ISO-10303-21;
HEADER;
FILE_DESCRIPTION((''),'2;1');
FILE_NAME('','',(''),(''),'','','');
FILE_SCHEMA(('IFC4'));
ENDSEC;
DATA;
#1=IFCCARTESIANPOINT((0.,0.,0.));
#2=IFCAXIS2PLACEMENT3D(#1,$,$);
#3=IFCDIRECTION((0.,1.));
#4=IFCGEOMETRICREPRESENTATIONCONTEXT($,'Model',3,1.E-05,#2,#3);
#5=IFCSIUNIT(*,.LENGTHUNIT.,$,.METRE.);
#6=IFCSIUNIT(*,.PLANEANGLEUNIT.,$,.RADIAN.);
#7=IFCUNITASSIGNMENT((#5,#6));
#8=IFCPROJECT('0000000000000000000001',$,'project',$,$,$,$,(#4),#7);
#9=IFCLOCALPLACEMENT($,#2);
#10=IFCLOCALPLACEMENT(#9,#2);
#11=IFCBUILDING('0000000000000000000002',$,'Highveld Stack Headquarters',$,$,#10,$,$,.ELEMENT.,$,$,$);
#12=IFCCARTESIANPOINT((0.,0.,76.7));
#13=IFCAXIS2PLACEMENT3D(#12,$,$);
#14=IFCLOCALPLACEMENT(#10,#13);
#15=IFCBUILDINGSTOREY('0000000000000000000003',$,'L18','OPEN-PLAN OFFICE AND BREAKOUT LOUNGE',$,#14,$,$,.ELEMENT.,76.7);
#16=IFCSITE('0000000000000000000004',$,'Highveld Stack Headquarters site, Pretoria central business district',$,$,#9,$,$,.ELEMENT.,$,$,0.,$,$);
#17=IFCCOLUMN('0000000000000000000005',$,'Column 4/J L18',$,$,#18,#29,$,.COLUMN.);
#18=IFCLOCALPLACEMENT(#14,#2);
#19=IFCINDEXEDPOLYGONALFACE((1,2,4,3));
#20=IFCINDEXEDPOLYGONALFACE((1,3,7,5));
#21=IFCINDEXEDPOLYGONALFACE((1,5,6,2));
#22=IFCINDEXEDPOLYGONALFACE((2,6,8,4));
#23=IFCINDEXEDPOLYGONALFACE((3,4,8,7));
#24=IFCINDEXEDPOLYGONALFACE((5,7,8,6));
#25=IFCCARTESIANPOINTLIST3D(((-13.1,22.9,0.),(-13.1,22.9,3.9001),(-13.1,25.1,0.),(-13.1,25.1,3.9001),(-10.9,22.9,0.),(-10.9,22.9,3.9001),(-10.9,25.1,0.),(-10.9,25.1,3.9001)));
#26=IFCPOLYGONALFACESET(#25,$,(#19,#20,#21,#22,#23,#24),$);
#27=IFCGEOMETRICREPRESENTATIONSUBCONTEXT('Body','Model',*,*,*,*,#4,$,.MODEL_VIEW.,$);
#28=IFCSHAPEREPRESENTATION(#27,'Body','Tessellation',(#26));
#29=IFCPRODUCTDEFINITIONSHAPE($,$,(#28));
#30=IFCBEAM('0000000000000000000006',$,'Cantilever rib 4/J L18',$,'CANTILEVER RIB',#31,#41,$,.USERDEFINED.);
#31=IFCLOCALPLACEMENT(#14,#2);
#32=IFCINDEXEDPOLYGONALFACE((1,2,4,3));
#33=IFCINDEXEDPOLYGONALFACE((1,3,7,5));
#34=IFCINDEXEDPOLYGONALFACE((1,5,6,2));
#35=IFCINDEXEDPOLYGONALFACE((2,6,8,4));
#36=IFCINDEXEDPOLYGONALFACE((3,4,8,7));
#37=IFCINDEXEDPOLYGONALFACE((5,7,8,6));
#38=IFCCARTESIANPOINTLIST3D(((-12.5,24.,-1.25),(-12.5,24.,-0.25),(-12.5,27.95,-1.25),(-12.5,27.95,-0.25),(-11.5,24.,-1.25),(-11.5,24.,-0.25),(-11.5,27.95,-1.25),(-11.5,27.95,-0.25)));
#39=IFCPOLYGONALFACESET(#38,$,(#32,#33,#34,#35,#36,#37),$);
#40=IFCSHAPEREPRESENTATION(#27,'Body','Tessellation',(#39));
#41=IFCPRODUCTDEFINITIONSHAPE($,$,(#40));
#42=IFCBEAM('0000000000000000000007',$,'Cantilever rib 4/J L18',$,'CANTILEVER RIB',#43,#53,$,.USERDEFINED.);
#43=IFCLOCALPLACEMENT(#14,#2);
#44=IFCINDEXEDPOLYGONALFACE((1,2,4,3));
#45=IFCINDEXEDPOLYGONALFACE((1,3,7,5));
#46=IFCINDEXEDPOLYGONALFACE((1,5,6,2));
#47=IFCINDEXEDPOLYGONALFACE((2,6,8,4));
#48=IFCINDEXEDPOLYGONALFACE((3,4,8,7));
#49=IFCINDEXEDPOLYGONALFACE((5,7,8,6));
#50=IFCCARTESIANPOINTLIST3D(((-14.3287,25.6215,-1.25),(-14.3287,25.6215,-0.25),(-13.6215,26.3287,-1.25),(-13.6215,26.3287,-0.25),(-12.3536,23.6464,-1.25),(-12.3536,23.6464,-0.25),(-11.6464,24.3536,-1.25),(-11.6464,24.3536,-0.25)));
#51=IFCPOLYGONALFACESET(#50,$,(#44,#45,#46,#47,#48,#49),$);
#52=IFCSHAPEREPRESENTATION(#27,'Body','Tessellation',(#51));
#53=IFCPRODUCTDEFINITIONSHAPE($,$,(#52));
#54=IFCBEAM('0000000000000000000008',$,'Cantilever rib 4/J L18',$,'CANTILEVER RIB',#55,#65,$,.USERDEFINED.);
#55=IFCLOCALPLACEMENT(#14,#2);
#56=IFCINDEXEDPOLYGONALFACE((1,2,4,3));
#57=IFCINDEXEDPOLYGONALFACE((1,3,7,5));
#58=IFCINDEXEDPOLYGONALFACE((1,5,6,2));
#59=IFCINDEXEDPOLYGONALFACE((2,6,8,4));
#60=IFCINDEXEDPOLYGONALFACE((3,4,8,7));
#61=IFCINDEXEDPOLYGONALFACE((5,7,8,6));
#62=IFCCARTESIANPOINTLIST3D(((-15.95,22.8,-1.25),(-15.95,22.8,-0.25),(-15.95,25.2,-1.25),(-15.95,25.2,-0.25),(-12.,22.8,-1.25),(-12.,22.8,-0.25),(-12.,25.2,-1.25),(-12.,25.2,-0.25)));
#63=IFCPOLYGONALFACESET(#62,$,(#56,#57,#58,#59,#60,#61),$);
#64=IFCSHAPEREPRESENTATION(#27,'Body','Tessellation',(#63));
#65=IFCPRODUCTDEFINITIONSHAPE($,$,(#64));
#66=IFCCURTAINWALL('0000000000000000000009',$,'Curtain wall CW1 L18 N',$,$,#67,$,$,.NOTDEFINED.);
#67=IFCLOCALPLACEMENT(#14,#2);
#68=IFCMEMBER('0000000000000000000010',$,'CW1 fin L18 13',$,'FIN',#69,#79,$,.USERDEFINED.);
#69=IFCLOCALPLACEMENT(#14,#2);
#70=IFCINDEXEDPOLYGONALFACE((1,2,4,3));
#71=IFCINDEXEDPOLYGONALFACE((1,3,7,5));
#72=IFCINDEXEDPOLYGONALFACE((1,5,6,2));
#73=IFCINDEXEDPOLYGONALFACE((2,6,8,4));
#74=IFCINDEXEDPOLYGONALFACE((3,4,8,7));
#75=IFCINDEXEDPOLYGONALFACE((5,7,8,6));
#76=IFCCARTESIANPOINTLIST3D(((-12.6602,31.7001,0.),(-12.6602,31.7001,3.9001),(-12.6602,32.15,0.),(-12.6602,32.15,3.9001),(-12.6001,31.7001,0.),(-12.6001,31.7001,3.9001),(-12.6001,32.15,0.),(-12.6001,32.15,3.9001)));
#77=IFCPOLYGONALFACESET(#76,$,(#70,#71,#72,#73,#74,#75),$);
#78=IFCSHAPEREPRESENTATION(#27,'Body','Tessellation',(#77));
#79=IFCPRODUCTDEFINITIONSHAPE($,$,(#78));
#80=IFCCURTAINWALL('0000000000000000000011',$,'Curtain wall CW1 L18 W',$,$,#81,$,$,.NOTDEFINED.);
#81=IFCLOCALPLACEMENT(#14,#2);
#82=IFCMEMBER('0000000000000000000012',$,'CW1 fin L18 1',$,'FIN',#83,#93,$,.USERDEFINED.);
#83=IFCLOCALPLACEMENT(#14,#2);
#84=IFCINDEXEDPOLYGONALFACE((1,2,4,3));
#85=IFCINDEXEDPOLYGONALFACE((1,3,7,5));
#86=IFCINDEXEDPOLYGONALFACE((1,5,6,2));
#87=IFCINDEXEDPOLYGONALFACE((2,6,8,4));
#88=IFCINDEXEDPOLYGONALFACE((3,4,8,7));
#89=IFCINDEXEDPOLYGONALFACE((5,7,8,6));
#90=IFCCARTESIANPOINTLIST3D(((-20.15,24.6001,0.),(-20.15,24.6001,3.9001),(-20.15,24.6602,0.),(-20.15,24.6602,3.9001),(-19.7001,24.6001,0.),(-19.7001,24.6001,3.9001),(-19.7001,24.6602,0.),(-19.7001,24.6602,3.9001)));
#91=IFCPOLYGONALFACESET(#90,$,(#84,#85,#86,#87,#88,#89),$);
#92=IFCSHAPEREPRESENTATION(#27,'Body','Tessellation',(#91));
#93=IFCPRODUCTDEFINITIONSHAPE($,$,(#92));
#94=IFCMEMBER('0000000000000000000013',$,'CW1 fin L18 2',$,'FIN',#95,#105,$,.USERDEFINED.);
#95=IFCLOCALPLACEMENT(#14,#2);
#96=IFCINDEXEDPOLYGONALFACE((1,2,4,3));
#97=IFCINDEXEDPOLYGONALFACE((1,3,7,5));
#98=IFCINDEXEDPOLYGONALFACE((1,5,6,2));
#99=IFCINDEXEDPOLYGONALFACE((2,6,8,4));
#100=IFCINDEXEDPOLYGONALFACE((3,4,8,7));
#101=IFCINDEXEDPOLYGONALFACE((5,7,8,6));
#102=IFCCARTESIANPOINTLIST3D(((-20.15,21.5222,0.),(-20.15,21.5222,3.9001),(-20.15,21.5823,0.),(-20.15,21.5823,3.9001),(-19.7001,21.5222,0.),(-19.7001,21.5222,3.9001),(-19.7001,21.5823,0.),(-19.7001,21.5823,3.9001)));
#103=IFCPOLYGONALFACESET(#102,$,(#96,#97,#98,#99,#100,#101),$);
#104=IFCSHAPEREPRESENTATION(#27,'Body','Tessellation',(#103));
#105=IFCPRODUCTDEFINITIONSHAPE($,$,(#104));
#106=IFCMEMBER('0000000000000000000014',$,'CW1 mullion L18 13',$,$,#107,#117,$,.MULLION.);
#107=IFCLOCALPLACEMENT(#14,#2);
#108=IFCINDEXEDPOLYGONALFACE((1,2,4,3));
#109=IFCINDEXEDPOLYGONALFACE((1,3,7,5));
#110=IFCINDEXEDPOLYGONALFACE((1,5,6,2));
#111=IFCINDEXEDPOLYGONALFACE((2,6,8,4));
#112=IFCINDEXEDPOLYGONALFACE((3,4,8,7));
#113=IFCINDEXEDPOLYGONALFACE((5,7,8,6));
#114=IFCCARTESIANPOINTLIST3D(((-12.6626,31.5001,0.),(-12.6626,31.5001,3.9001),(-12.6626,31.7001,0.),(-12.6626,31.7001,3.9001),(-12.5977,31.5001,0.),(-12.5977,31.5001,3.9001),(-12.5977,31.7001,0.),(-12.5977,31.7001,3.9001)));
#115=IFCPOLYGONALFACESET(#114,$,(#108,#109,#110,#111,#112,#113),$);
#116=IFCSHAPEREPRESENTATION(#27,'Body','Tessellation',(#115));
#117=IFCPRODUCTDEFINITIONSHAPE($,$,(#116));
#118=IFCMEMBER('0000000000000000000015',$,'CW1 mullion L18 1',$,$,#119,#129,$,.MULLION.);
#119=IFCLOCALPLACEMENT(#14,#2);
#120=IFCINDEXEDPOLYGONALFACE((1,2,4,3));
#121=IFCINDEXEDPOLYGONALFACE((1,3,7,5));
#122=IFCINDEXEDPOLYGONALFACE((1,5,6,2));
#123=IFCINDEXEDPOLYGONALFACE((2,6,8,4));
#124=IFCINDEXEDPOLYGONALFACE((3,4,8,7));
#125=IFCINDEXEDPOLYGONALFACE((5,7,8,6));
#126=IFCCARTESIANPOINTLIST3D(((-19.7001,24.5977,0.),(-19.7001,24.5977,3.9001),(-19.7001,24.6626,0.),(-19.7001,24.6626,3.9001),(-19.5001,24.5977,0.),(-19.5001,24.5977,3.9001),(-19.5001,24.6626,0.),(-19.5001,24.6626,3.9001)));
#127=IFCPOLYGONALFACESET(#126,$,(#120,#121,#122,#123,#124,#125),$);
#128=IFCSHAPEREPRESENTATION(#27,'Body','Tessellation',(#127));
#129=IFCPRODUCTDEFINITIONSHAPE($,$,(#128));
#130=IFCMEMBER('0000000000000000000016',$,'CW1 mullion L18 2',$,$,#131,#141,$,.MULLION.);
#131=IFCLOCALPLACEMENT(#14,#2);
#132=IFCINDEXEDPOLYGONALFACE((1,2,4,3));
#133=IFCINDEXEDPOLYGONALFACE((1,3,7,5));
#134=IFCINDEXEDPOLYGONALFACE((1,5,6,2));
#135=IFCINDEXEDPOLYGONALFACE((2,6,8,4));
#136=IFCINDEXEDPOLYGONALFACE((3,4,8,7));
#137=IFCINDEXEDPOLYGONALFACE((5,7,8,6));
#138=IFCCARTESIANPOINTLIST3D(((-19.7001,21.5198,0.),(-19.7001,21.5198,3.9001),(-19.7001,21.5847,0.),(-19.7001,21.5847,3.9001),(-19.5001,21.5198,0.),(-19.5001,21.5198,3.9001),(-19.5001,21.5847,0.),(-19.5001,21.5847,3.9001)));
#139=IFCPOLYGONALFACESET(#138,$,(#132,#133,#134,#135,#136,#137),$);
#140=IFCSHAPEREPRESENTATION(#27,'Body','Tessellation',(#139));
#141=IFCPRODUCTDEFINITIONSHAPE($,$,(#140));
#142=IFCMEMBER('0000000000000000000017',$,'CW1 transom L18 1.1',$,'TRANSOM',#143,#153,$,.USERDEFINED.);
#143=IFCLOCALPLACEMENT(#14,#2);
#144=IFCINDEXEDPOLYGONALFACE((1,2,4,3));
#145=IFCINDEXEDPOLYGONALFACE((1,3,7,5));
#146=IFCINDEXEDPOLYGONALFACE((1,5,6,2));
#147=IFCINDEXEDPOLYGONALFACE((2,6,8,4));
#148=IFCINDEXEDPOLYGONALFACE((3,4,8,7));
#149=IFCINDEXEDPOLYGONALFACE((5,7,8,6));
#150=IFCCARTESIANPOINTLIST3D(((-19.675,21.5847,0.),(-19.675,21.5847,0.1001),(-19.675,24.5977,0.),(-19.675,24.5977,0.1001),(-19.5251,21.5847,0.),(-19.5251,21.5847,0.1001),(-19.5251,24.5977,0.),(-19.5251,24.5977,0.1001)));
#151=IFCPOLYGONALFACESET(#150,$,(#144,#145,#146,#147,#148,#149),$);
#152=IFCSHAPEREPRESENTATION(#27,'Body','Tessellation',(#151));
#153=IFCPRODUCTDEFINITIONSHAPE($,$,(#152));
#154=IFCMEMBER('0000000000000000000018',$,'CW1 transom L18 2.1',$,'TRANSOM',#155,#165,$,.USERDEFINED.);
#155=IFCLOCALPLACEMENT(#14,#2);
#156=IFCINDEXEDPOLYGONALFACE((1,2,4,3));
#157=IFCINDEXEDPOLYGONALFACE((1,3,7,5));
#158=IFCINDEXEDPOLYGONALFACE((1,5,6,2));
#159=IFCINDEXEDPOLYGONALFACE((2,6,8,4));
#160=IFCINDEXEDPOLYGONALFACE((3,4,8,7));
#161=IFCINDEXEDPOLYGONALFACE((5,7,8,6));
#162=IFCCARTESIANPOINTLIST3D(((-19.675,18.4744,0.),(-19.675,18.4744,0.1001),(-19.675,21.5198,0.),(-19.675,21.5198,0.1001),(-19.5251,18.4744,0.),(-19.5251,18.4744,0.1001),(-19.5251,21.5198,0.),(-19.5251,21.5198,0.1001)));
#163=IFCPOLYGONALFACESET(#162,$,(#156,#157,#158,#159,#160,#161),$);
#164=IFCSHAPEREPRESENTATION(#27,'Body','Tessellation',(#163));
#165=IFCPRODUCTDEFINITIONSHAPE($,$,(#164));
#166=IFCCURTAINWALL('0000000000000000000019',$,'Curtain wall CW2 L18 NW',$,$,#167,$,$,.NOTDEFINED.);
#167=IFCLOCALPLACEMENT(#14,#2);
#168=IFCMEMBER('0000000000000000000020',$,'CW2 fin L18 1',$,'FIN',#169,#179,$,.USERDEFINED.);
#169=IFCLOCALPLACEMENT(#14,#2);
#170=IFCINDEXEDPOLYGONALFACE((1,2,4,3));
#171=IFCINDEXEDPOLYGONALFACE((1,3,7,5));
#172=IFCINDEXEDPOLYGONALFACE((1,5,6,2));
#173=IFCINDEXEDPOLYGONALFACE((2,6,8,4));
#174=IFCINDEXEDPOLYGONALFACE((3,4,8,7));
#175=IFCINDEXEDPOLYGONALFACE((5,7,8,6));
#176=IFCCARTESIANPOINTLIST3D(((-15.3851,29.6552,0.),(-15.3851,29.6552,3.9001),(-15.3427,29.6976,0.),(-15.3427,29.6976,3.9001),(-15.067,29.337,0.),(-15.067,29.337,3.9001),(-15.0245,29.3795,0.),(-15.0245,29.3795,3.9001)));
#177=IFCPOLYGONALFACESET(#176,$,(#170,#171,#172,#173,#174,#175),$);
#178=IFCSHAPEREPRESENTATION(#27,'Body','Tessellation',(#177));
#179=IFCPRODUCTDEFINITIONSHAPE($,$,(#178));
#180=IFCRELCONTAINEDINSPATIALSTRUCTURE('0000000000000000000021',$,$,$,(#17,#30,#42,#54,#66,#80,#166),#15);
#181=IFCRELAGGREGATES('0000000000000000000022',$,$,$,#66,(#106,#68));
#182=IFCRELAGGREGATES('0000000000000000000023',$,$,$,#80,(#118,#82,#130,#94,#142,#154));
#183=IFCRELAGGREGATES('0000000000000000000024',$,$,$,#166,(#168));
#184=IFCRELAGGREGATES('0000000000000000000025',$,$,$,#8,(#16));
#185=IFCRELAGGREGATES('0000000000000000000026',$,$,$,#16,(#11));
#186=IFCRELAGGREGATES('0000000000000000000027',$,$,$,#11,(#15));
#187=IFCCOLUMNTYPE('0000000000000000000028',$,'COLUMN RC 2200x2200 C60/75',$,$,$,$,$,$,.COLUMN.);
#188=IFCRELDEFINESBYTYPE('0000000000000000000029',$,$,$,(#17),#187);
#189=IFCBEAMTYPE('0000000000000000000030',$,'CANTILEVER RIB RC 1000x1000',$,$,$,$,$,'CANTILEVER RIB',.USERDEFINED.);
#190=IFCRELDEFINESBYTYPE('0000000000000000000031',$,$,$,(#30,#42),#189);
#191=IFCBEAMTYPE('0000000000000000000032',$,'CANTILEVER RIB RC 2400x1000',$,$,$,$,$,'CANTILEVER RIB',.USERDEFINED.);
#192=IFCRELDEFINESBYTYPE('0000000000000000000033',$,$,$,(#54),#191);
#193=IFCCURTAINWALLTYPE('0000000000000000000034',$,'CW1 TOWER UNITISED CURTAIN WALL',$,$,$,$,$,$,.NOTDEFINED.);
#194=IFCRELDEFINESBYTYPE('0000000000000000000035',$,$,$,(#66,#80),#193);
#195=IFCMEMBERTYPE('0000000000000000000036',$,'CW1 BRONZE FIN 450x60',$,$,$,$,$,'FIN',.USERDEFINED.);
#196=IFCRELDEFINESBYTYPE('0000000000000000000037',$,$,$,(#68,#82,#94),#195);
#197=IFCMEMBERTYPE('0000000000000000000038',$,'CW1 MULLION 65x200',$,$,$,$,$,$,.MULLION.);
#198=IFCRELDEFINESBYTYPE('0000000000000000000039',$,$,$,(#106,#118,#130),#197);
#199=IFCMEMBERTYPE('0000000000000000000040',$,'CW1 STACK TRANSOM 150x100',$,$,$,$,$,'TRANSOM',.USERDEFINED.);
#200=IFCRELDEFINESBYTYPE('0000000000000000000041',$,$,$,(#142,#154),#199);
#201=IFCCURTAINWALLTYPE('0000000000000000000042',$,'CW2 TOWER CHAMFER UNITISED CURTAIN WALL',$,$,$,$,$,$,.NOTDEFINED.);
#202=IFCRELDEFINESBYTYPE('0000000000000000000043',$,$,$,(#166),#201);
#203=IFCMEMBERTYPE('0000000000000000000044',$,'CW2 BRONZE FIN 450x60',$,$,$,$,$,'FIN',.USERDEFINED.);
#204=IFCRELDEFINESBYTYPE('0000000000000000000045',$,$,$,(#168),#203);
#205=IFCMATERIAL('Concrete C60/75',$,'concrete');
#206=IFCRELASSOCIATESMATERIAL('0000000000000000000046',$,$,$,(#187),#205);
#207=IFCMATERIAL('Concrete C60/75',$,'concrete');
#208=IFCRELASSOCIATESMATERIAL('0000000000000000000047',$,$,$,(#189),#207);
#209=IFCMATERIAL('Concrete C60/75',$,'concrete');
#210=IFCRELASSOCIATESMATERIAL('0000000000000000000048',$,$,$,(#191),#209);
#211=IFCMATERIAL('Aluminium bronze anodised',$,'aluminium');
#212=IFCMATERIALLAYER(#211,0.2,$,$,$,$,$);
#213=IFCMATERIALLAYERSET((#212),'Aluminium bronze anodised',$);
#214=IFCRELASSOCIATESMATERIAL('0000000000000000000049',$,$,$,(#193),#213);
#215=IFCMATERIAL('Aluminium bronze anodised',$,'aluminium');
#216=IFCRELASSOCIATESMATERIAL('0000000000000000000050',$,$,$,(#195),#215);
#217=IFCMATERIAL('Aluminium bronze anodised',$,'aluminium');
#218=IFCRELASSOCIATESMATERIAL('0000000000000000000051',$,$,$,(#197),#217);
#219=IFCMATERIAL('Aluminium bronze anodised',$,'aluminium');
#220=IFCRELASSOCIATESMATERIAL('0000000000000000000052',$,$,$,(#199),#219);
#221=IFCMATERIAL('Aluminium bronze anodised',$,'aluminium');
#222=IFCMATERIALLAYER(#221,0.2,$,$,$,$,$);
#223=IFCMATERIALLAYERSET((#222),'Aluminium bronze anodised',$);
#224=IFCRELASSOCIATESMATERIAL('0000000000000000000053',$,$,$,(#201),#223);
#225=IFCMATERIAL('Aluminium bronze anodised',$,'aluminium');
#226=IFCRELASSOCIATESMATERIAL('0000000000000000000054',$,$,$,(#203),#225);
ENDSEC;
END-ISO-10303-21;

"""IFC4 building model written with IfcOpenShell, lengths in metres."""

from ifc_helpers import new_model, si_unit, direction, frame, origin, origin_2d, place, context, subcontext, project, spatial, rectangle, extrude, material, layer, layer_set, material_profile, profile_set, type_object, element, aggregate, save


model = new_model("IFC4")

# Units and contexts
model_context = context("Model", 3, precision=1e-05, world=origin(), true_north=direction((0.0, 1.0)))
body_context = subcontext(model_context, "Body", "Model", "MODEL_VIEW")
ifc_project = project(units=[si_unit("LENGTHUNIT", "METRE"), si_unit("PLANEANGLEUNIT", "RADIAN")], contexts=[model_context])

# Site, building, storey
site_placement = place(None, origin())
site = spatial("IfcSite", under=ifc_project, at=site_placement, Name="Highveld Stack Headquarters site, Pretoria central business district", CompositionType="ELEMENT", RefElevation=0.0)
building_placement = place(site_placement, origin())
building = spatial("IfcBuilding", under=site, at=building_placement, Name="Highveld Stack Headquarters", CompositionType="ELEMENT")
storey_placement = place(building_placement, frame((0.0, 0.0, 76.7)))
storey = spatial("IfcBuildingStorey", under=building, at=storey_placement, Name="L18", Description="OPEN-PLAN OFFICE AND BREAKOUT LOUNGE", CompositionType="ELEMENT", Elevation=76.7)

# Column
ifc_material_1 = material(Name="Concrete C60/75", Category="concrete")
ifc_material_profile_1 = material_profile(ifc_material_1, rectangle(XDim=2.2, YDim=2.2, at=origin_2d()), Name="RC 2200x2200")
ifc_profile_set_1 = profile_set([ifc_material_profile_1], Name="Concrete C60/75")
column_type = type_object("IfcColumnType", Name="COLUMN RC 2200x2200 C60/75", PredefinedType="COLUMN", material=ifc_profile_set_1)
column_placement = place(storey_placement, frame((-12.0, 24.0, 0.0), z_axis=(0.0, 0.0, 1.0), x_axis=(1.0, 0.0, 0.0)))
element("IfcColumn", 1, at=column_placement, inside=storey, type_object=column_type, Name="Column 4/J L18", PredefinedType="COLUMN", context=body_context, shape_type="SweptSolid", body=[
    extrude(rectangle(XDim=2.2, YDim=2.2, at=origin_2d()), origin(), (0.0, 0.0, 1.0), 3.9001),
])

# Beams
ifc_material_2 = material(Name="Concrete C60/75", Category="concrete")
ifc_material_profile_2 = material_profile(ifc_material_2, rectangle(XDim=1.0, YDim=1.0, at=origin_2d()), Name="RC 1000x1000")
ifc_profile_set_2 = profile_set([ifc_material_profile_2], Name="Concrete C60/75")
beam_type_1 = type_object("IfcBeamType", Name="CANTILEVER RIB RC 1000x1000", ElementType="CANTILEVER RIB", PredefinedType="USERDEFINED", material=ifc_profile_set_2)
beam_1_placement = place(storey_placement, frame((-12.0, 24.0, -0.75), z_axis=(0.0, 1.0, 0.0), x_axis=(-1.0, 0.0, 0.0)))
element("IfcBeam", 2, at=beam_1_placement, inside=storey, type_object=beam_type_1, Name="Cantilever rib 4/J L18", ObjectType="CANTILEVER RIB", PredefinedType="USERDEFINED", context=body_context, shape_type="SweptSolid", body=[
    extrude(rectangle(XDim=1.0, YDim=1.0, at=origin_2d()), origin(), (0.0, 0.0, 1.0), 3.95),
])
beam_2_placement = place(storey_placement, frame((-12.0, 24.0, -0.75), z_axis=(-0.707107, 0.707107, 0.0), x_axis=(-0.707107, -0.707107, 0.0)))
element("IfcBeam", 3, at=beam_2_placement, inside=storey, type_object=beam_type_1, Name="Cantilever rib 4/J L18", ObjectType="CANTILEVER RIB", PredefinedType="USERDEFINED", context=body_context, shape_type="SweptSolid", body=[
    extrude(rectangle(XDim=1.0, YDim=1.0, at=origin_2d()), origin(), (0.0, 0.0, 1.0), 2.7932),
])
ifc_material_3 = material(Name="Concrete C60/75", Category="concrete")
ifc_material_profile_3 = material_profile(ifc_material_3, rectangle(XDim=2.3999, YDim=1.0, at=origin_2d()), Name="RC 2400x1000")
ifc_profile_set_3 = profile_set([ifc_material_profile_3], Name="Concrete C60/75")
beam_type_2 = type_object("IfcBeamType", Name="CANTILEVER RIB RC 2400x1000", ElementType="CANTILEVER RIB", PredefinedType="USERDEFINED", material=ifc_profile_set_3)
beam_3_placement = place(storey_placement, frame((-12.0, 24.0, -0.75), z_axis=(-1.0, 0.0, 0.0), x_axis=(0.0, -1.0, 0.0)))
element("IfcBeam", 4, at=beam_3_placement, inside=storey, type_object=beam_type_2, Name="Cantilever rib 4/J L18", ObjectType="CANTILEVER RIB", PredefinedType="USERDEFINED", context=body_context, shape_type="SweptSolid", body=[
    extrude(rectangle(XDim=2.3999, YDim=1.0, at=origin_2d()), origin(), (0.0, 0.0, 1.0), 3.95),
])

# Curtain wall, member
ifc_material_4 = material(Name="Aluminium bronze anodised", Category="aluminium")
ifc_layer_1 = layer(ifc_material_4, 0.2)
ifc_layer_set_1 = layer_set([ifc_layer_1], Name="Aluminium bronze anodised")
curtain_wall_type_1 = type_object("IfcCurtainWallType", Name="CW1 TOWER UNITISED CURTAIN WALL", PredefinedType="NOTDEFINED", material=ifc_layer_set_1)
curtain_wall_1_placement = place(storey_placement, origin())
curtain_wall_1 = element("IfcCurtainWall", 5, at=curtain_wall_1_placement, inside=storey, type_object=curtain_wall_type_1, Name="Curtain wall CW1 L18 N", PredefinedType="NOTDEFINED")
ifc_material_5 = material(Name="Aluminium bronze anodised", Category="aluminium")
ifc_material_profile_4 = material_profile(ifc_material_5, rectangle(XDim=0.45, YDim=0.0601, at=origin_2d()), Name="FIN 450x60")
ifc_profile_set_4 = profile_set([ifc_material_profile_4], Name="Aluminium bronze anodised")
member_type_1 = type_object("IfcMemberType", Name="CW1 BRONZE FIN 450x60", ElementType="FIN", PredefinedType="USERDEFINED", material=ifc_profile_set_4)
member_1_placement = place(storey_placement, frame((-12.6301, 31.925, 0.0), z_axis=(0.0, 0.0, 1.0), x_axis=(0.0, -1.0, 0.0)))
member_1 = element("IfcMember", 6, at=member_1_placement, type_object=member_type_1, Name="CW1 fin L18 13", ObjectType="FIN", PredefinedType="USERDEFINED", context=body_context, shape_type="SweptSolid", body=[
    extrude(rectangle(XDim=0.45, YDim=0.0601, at=origin_2d()), origin(), (0.0, 0.0, 1.0), 3.9001),
])

# Curtain wall, members
curtain_wall_2_placement = place(storey_placement, origin())
curtain_wall_2 = element("IfcCurtainWall", 7, at=curtain_wall_2_placement, inside=storey, type_object=curtain_wall_type_1, Name="Curtain wall CW1 L18 W", PredefinedType="NOTDEFINED")
member_2_placement = place(storey_placement, frame((-19.925, 24.6301, 0.0), z_axis=(0.0, 0.0, 1.0), x_axis=(1.0, 0.0, 0.0)))
member_2 = element("IfcMember", 8, at=member_2_placement, type_object=member_type_1, Name="CW1 fin L18 1", ObjectType="FIN", PredefinedType="USERDEFINED", context=body_context, shape_type="SweptSolid", body=[
    extrude(rectangle(XDim=0.45, YDim=0.0601, at=origin_2d()), origin(), (0.0, 0.0, 1.0), 3.9001),
])
member_3_placement = place(storey_placement, frame((-19.925, 21.5522, 0.0), z_axis=(0.0, 0.0, 1.0), x_axis=(1.0, 0.0, 0.0)))
member_3 = element("IfcMember", 9, at=member_3_placement, type_object=member_type_1, Name="CW1 fin L18 2", ObjectType="FIN", PredefinedType="USERDEFINED", context=body_context, shape_type="SweptSolid", body=[
    extrude(rectangle(XDim=0.45, YDim=0.0601, at=origin_2d()), origin(), (0.0, 0.0, 1.0), 3.9001),
])

# Members
ifc_material_6 = material(Name="Aluminium bronze anodised", Category="aluminium")
ifc_material_profile_5 = material_profile(ifc_material_6, rectangle(XDim=0.2, YDim=0.0649, at=origin_2d()), Name="CW1 MULLION 65x200")
ifc_profile_set_5 = profile_set([ifc_material_profile_5], Name="Aluminium bronze anodised")
member_type_2 = type_object("IfcMemberType", Name="CW1 MULLION 65x200", PredefinedType="MULLION", material=ifc_profile_set_5)
member_4_placement = place(storey_placement, frame((-12.6301, 31.6001, 0.0), z_axis=(0.0, 0.0, 1.0), x_axis=(0.0, -1.0, 0.0)))
member_4 = element("IfcMember", 10, at=member_4_placement, type_object=member_type_2, Name="CW1 mullion L18 13", PredefinedType="MULLION", context=body_context, shape_type="SweptSolid", body=[
    extrude(rectangle(XDim=0.2, YDim=0.0649, at=origin_2d()), origin(), (0.0, 0.0, 1.0), 3.9001),
])
member_5_placement = place(storey_placement, frame((-19.6001, 24.6301, 0.0), z_axis=(0.0, 0.0, 1.0), x_axis=(1.0, 0.0, 0.0)))
member_5 = element("IfcMember", 11, at=member_5_placement, type_object=member_type_2, Name="CW1 mullion L18 1", PredefinedType="MULLION", context=body_context, shape_type="SweptSolid", body=[
    extrude(rectangle(XDim=0.2, YDim=0.0649, at=origin_2d()), origin(), (0.0, 0.0, 1.0), 3.9001),
])
member_6_placement = place(storey_placement, frame((-19.6001, 21.5522, 0.0), z_axis=(0.0, 0.0, 1.0), x_axis=(1.0, 0.0, 0.0)))
member_6 = element("IfcMember", 12, at=member_6_placement, type_object=member_type_2, Name="CW1 mullion L18 2", PredefinedType="MULLION", context=body_context, shape_type="SweptSolid", body=[
    extrude(rectangle(XDim=0.2, YDim=0.0649, at=origin_2d()), origin(), (0.0, 0.0, 1.0), 3.9001),
])
ifc_material_7 = material(Name="Aluminium bronze anodised", Category="aluminium")
ifc_material_profile_6 = material_profile(ifc_material_7, rectangle(XDim=0.1499, YDim=0.1001, at=origin_2d()), Name="CW1 TRANSOM 150x100")
ifc_profile_set_6 = profile_set([ifc_material_profile_6], Name="Aluminium bronze anodised")
member_type_3 = type_object("IfcMemberType", Name="CW1 STACK TRANSOM 150x100", ElementType="TRANSOM", PredefinedType="USERDEFINED", material=ifc_profile_set_6)
member_7_placement = place(storey_placement, frame((-19.6001, 24.5977, 0.05), z_axis=(0.0, -1.0, 0.0), x_axis=(1.0, 0.0, 0.0)))
member_7 = element("IfcMember", 13, at=member_7_placement, type_object=member_type_3, Name="CW1 transom L18 1.1", ObjectType="TRANSOM", PredefinedType="USERDEFINED", context=body_context, shape_type="SweptSolid", body=[
    extrude(rectangle(XDim=0.1499, YDim=0.1001, at=origin_2d()), origin(), (0.0, 0.0, 1.0), 3.0129),
])
member_8_placement = place(storey_placement, frame((-19.6001, 21.5198, 0.05), z_axis=(0.0, -1.0, 0.0), x_axis=(1.0, 0.0, 0.0)))
member_8 = element("IfcMember", 14, at=member_8_placement, type_object=member_type_3, Name="CW1 transom L18 2.1", ObjectType="TRANSOM", PredefinedType="USERDEFINED", context=body_context, shape_type="SweptSolid", body=[
    extrude(rectangle(XDim=0.1499, YDim=0.1001, at=origin_2d()), origin(), (0.0, 0.0, 1.0), 3.0454),
])

# Curtain wall, member
ifc_material_8 = material(Name="Aluminium bronze anodised", Category="aluminium")
ifc_layer_2 = layer(ifc_material_8, 0.2)
ifc_layer_set_2 = layer_set([ifc_layer_2], Name="Aluminium bronze anodised")
curtain_wall_type_2 = type_object("IfcCurtainWallType", Name="CW2 TOWER CHAMFER UNITISED CURTAIN WALL", PredefinedType="NOTDEFINED", material=ifc_layer_set_2)
curtain_wall_3_placement = place(storey_placement, origin())
curtain_wall_3 = element("IfcCurtainWall", 15, at=curtain_wall_3_placement, inside=storey, type_object=curtain_wall_type_2, Name="Curtain wall CW2 L18 NW", PredefinedType="NOTDEFINED")
ifc_material_9 = material(Name="Aluminium bronze anodised", Category="aluminium")
ifc_material_profile_7 = material_profile(ifc_material_9, rectangle(XDim=0.45, YDim=0.0601, at=origin_2d()), Name="FIN 450x60")
ifc_profile_set_7 = profile_set([ifc_material_profile_7], Name="Aluminium bronze anodised")
member_type_4 = type_object("IfcMemberType", Name="CW2 BRONZE FIN 450x60", ElementType="FIN", PredefinedType="USERDEFINED", material=ifc_profile_set_7)
member_9_placement = place(storey_placement, frame((-15.2048, 29.5173, 0.0), z_axis=(0.0, 0.0, 1.0), x_axis=(0.707107, -0.707107, 0.0)))
member_9 = element("IfcMember", 16, at=member_9_placement, type_object=member_type_4, Name="CW2 fin L18 1", ObjectType="FIN", PredefinedType="USERDEFINED", context=body_context, shape_type="SweptSolid", body=[
    extrude(rectangle(XDim=0.45, YDim=0.0601, at=origin_2d()), origin(), (0.0, 0.0, 1.0), 3.9001),
])

aggregate(curtain_wall_1, [member_4, member_1])
aggregate(curtain_wall_2, [member_5, member_2, member_6, member_3, member_7, member_8])
aggregate(curtain_wall_3, [member_9])

save(model, "model.ifc")
